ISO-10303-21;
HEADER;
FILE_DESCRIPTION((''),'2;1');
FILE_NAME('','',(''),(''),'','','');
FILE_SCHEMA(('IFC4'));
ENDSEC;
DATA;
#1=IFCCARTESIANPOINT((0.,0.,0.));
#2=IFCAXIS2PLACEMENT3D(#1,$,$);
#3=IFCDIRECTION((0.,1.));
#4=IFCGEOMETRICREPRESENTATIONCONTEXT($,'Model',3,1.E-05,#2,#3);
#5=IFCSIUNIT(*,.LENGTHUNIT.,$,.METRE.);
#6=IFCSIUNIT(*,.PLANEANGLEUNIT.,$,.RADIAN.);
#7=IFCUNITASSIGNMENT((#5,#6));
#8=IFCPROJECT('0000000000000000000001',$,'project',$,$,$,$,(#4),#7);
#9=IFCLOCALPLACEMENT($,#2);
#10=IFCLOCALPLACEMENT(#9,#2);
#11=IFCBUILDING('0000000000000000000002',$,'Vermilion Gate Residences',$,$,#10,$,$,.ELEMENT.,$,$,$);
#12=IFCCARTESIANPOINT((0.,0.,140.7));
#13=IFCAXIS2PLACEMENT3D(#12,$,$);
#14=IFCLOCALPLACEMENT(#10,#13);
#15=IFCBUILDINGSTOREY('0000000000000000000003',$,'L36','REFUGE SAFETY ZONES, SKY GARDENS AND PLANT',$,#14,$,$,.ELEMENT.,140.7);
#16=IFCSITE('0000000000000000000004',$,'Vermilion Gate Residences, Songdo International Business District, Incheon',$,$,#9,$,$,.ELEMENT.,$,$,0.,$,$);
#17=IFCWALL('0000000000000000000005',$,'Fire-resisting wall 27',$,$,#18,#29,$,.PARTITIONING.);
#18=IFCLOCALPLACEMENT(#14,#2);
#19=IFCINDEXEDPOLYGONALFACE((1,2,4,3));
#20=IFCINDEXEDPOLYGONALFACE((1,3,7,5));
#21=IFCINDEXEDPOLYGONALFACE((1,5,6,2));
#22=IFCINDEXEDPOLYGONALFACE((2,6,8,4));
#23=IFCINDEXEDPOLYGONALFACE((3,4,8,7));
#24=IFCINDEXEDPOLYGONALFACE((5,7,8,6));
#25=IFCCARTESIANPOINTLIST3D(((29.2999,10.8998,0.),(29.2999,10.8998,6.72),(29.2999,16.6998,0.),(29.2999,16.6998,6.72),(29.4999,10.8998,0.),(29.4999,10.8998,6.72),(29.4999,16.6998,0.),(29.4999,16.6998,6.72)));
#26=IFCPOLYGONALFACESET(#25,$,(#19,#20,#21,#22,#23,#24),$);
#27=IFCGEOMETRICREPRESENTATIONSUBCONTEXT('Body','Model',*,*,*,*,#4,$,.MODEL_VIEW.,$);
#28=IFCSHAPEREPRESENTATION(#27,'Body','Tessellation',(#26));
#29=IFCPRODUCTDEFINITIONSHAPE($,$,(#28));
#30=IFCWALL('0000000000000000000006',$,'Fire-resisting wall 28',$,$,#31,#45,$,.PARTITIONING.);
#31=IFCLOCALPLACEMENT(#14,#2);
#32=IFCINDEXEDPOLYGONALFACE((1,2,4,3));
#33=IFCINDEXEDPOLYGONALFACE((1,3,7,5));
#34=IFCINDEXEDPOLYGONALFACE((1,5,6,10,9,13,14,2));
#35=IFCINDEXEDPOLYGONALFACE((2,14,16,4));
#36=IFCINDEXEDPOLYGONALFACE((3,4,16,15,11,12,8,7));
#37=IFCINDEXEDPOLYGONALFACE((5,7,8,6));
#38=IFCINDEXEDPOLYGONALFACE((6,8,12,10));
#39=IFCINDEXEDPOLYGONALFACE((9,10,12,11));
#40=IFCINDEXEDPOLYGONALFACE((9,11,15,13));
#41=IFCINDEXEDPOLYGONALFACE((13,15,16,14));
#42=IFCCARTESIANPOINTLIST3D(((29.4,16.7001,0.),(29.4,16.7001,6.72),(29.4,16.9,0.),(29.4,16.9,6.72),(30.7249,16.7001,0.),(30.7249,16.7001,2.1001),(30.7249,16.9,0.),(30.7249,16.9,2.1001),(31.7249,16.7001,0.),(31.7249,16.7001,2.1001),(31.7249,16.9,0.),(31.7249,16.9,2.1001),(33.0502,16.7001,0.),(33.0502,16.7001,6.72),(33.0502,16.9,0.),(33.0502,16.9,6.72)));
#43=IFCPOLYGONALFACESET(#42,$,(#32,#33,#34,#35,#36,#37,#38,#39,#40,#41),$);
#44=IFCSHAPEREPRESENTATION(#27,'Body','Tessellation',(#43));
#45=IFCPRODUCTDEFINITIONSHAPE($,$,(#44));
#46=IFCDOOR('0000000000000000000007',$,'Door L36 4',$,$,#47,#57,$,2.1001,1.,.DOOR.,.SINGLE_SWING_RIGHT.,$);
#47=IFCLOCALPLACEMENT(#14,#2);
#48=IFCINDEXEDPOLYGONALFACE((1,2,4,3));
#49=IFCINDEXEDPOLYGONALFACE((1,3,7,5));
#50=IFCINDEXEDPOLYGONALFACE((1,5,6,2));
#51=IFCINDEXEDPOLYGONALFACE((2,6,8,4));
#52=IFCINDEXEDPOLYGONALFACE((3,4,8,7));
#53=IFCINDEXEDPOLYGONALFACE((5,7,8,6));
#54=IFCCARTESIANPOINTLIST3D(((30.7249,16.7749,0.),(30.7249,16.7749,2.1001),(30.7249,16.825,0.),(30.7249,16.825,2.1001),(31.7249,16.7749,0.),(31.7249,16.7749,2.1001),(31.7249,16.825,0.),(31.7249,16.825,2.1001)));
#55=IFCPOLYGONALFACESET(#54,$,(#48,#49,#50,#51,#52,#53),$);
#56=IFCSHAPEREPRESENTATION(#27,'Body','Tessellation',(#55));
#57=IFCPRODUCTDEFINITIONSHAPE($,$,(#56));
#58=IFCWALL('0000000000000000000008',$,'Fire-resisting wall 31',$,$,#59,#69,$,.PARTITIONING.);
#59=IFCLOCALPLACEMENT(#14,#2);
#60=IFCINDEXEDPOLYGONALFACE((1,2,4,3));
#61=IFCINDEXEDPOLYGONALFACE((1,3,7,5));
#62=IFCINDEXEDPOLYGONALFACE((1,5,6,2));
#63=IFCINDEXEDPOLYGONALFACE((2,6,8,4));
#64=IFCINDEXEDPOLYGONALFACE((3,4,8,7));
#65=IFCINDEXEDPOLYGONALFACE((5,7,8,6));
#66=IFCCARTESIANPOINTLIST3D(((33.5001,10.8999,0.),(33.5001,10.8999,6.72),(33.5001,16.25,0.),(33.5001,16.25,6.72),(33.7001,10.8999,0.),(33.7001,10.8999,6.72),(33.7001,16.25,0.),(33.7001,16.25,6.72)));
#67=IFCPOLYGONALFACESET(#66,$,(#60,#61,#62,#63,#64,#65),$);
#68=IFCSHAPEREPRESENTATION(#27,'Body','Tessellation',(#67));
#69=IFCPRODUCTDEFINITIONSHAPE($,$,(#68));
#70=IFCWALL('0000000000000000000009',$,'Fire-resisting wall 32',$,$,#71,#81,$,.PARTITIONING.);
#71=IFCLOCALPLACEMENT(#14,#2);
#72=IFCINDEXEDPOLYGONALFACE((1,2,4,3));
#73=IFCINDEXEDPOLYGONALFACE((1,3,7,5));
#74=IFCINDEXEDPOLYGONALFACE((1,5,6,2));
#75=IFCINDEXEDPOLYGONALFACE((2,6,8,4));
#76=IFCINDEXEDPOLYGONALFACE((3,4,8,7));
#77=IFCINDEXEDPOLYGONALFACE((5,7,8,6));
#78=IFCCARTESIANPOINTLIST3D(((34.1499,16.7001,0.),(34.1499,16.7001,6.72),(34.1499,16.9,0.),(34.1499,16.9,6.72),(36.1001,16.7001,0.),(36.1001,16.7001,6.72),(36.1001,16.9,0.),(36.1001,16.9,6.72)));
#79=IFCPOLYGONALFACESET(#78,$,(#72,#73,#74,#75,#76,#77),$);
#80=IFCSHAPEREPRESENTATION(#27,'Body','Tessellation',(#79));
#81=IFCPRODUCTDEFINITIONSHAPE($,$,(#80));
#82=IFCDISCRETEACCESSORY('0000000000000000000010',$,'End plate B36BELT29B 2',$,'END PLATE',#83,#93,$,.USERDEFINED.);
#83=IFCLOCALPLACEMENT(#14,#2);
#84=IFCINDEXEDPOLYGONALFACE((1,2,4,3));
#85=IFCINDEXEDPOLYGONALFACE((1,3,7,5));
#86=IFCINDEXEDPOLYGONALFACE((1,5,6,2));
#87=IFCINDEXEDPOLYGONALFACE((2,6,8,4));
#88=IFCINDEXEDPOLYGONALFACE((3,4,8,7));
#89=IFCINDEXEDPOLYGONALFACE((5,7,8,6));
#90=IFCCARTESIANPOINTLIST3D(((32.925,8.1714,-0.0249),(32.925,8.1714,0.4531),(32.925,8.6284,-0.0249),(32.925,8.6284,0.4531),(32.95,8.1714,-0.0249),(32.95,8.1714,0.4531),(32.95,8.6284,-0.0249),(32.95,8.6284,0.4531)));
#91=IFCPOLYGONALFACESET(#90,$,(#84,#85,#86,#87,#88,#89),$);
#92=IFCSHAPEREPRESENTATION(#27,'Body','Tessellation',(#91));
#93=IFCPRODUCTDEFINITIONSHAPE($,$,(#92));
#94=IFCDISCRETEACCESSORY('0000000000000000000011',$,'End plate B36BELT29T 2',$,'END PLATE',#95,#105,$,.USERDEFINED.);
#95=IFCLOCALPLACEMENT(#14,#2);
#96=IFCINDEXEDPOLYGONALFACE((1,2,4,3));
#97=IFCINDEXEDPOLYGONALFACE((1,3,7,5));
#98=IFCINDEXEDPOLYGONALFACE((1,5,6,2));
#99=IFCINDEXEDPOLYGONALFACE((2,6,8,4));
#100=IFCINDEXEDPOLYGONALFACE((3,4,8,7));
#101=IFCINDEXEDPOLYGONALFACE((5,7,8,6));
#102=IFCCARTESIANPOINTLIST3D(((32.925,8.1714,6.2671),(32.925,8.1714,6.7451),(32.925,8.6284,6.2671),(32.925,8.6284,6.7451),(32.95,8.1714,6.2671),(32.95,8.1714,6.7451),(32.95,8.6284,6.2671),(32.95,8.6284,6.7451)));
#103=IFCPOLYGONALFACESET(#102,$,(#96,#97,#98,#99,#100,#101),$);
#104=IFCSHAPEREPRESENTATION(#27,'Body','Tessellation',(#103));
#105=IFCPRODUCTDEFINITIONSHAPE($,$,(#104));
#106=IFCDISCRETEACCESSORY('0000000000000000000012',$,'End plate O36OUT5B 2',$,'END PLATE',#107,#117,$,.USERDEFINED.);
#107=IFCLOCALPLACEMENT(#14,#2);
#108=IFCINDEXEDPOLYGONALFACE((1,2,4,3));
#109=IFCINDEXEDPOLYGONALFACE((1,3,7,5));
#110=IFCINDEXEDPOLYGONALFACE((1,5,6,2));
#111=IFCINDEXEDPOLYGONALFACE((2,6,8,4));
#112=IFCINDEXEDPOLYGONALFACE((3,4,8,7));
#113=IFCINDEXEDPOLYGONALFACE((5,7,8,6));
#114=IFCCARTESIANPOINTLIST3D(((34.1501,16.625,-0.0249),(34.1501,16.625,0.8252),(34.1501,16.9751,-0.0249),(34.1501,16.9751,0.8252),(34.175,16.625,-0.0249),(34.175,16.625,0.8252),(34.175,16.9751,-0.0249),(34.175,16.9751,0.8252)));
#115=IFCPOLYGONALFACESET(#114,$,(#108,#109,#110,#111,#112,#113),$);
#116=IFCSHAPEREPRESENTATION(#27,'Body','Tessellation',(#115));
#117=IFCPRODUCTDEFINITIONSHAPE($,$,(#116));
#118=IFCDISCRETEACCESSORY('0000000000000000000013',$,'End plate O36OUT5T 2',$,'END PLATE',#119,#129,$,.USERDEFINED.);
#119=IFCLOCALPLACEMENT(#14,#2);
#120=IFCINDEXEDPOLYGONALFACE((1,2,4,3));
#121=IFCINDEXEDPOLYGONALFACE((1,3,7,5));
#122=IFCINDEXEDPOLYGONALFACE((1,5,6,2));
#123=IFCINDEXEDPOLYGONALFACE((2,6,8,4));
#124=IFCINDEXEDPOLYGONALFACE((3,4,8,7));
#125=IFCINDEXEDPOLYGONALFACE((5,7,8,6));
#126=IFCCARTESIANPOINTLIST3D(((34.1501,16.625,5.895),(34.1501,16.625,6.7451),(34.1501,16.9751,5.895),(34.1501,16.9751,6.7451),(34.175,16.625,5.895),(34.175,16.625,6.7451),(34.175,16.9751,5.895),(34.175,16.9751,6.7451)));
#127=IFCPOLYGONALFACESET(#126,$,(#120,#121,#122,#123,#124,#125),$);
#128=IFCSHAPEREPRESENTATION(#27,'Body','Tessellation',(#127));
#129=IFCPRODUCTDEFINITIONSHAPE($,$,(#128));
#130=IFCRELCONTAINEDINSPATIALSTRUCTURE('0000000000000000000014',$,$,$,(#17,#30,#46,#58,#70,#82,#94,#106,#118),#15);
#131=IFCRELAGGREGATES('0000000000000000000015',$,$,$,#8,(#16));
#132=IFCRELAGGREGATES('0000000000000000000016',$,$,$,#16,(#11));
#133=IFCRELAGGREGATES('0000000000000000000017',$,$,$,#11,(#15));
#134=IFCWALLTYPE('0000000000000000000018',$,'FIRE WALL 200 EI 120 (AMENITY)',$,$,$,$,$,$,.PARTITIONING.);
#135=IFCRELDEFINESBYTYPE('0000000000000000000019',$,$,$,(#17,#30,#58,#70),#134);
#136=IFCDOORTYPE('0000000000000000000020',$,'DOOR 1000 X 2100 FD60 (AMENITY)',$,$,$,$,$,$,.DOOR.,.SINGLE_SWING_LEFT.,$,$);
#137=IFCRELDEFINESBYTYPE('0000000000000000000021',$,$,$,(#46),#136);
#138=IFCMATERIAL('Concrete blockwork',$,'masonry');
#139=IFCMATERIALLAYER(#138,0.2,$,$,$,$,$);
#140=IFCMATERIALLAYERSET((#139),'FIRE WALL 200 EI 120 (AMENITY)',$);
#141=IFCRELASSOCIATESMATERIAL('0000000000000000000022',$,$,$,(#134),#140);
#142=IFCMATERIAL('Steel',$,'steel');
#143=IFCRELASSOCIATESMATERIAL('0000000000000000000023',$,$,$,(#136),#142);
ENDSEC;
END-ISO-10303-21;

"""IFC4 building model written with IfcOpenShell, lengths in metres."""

from ifc_helpers import new_model, si_unit, direction, frame, frame_2d, origin, origin_2d, place, context, subcontext, project, spatial, rectangle, extrude, material, layer, layer_set, type_object, element, fill, save


model = new_model("IFC4")

# Units and contexts
model_context = context("Model", 3, precision=1e-05, world=origin(), true_north=direction((0.0, 1.0)))
body_context = subcontext(model_context, "Body", "Model", "MODEL_VIEW")
ifc_project = project(units=[si_unit("LENGTHUNIT", "METRE"), si_unit("PLANEANGLEUNIT", "RADIAN")], contexts=[model_context])

# Site, building, storey
site_placement = place(None, origin())
site = spatial("IfcSite", under=ifc_project, at=site_placement, Name="Vermilion Gate Residences, Songdo International Business District, Incheon", CompositionType="ELEMENT", RefElevation=0.0)
building_placement = place(site_placement, origin())
building = spatial("IfcBuilding", under=site, at=building_placement, Name="Vermilion Gate Residences", CompositionType="ELEMENT")
storey_placement = place(building_placement, frame((0.0, 0.0, 140.7)))
storey = spatial("IfcBuildingStorey", under=building, at=storey_placement, Name="L36", Description="REFUGE SAFETY ZONES, SKY GARDENS AND PLANT", CompositionType="ELEMENT", Elevation=140.7)

# Wall
ifc_material_1 = material(Name="Concrete blockwork", Category="masonry")
ifc_layer_1 = layer(ifc_material_1, 0.2)
ifc_layer_set_1 = layer_set([ifc_layer_1], Name="FIRE WALL 200 EI 120 (AMENITY)")
wall_type = type_object("IfcWallType", Name="FIRE WALL 200 EI 120 (AMENITY)", PredefinedType="PARTITIONING", material=ifc_layer_set_1)
wall_1_placement = place(storey_placement, frame((29.3999, 10.8999, 0.0), z_axis=(0.0, 0.0, 1.0), x_axis=(0.0, 1.0, 0.0)))
element("IfcWall", 1, at=wall_1_placement, inside=storey, type_object=wall_type, Name="Fire-resisting wall 27", PredefinedType="PARTITIONING", context=body_context, shape_type="SweptSolid", body=[
    extrude(rectangle(XDim=5.8, YDim=0.2, at=frame_2d((2.8999, 0.0))), origin(), (0.0, 0.0, 1.0), 6.72),
])

# Wall, opening, door
wall_2_placement = place(storey_placement, frame((29.3999, 16.8, 0.0), z_axis=(0.0, 0.0, 1.0), x_axis=(1.0, 0.0, 0.0)))
wall_2 = element("IfcWall", 2, at=wall_2_placement, inside=storey, type_object=wall_type, Name="Fire-resisting wall 28", PredefinedType="PARTITIONING", context=body_context, shape_type="SweptSolid", body=[
    extrude(rectangle(XDim=3.6501, YDim=0.2, at=frame_2d((1.8252, 0.0))), origin(), (0.0, 0.0, 1.0), 6.72),
])
opening_placement = place(wall_2_placement, frame((1.325, 0.0, 0.0)))
opening = element("IfcOpeningElement", 3, at=opening_placement, cuts=wall_2, PredefinedType="OPENING", context=body_context, shape_type="SweptSolid", body=[
    extrude(rectangle(XDim=1.0, YDim=2.1001, at=frame_2d((0.5, 1.05))), frame((0.0, 0.1099, 0.0), z_axis=(0.0, -1.0, 0.0), x_axis=(1.0, 0.0, 0.0)), (0.0, 0.0, 1.0), 0.22),
])
ifc_material_2 = material(Name="Steel", Category="steel")
door_type = type_object("IfcDoorType", Name="DOOR 1000 X 2100 FD60 (AMENITY)", OperationType="SINGLE_SWING_LEFT", PredefinedType="DOOR", material=ifc_material_2)
door_placement = place(opening_placement, origin())
door = element("IfcDoor", 4, at=door_placement, inside=storey, type_object=door_type, Name="Door L36 4", OperationType="SINGLE_SWING_RIGHT", OverallHeight=2.1001, OverallWidth=1.0, PredefinedType="DOOR", context=body_context, shape_type="SweptSolid", body=[
    extrude(rectangle(XDim=1.0, YDim=2.1001, at=frame_2d((0.5, 1.05))), frame((0.0, 0.0249, 0.0), z_axis=(0.0, -1.0, 0.0), x_axis=(1.0, 0.0, 0.0)), (0.0, 0.0, 1.0), 0.05),
])
fill(opening, door)

# Walls
wall_3_placement = place(storey_placement, frame((33.6001, 10.8999, 0.0), z_axis=(0.0, 0.0, 1.0), x_axis=(0.0, 1.0, 0.0)))
element("IfcWall", 5, at=wall_3_placement, inside=storey, type_object=wall_type, Name="Fire-resisting wall 31", PredefinedType="PARTITIONING", context=body_context, shape_type="SweptSolid", body=[
    extrude(rectangle(XDim=5.3501, YDim=0.2, at=frame_2d((2.675, 0.0))), origin(), (0.0, 0.0, 1.0), 6.72),
])
wall_4_placement = place(storey_placement, frame((34.1499, 16.8, 0.0), z_axis=(0.0, 0.0, 1.0), x_axis=(1.0, 0.0, 0.0)))
element("IfcWall", 6, at=wall_4_placement, inside=storey, type_object=wall_type, Name="Fire-resisting wall 32", PredefinedType="PARTITIONING", context=body_context, shape_type="SweptSolid", body=[
    extrude(rectangle(XDim=1.9502, YDim=0.2, at=frame_2d((0.9751, 0.0))), origin(), (0.0, 0.0, 1.0), 6.72),
])

# Discrete accessories
for number, where, z_axis, x_axis, name in (
    (7, (32.9375, 8.3999, -0.0249), (0.0, 0.0, 1.0), (1.0, 0.0, 0.0), "End plate B36BELT29B 2"),
    (8, (32.9375, 8.3999, 6.2671), (0.0, 0.0, 1.0), (1.0, 0.0, 0.0), "End plate B36BELT29T 2"),
):
    element("IfcDiscreteAccessory", number, at=place(storey_placement, frame(where, z_axis=z_axis, x_axis=x_axis)), inside=storey, Name=name, ObjectType="END PLATE", PredefinedType="USERDEFINED", context=body_context, shape_type="SweptSolid", body=[
        extrude(rectangle(XDim=0.0249, YDim=0.457, at=origin_2d()), origin(), (0.0, 0.0, 1.0), 0.478),
    ])
for number, where, z_axis, x_axis, name in (
    (9, (34.1626, 16.8, -0.0249), (0.0, 0.0, 1.0), (1.0, 0.0, 0.0), "End plate O36OUT5B 2"),
    (10, (34.1626, 16.8, 5.895), (0.0, 0.0, 1.0), (1.0, 0.0, 0.0), "End plate O36OUT5T 2"),
):
    element("IfcDiscreteAccessory", number, at=place(storey_placement, frame(where, z_axis=z_axis, x_axis=x_axis)), inside=storey, Name=name, ObjectType="END PLATE", PredefinedType="USERDEFINED", context=body_context, shape_type="SweptSolid", body=[
        extrude(rectangle(XDim=0.0249, YDim=0.3501, at=origin_2d()), origin(), (0.0, 0.0, 1.0), 0.8501),
    ])

save(model, "model.ifc")
